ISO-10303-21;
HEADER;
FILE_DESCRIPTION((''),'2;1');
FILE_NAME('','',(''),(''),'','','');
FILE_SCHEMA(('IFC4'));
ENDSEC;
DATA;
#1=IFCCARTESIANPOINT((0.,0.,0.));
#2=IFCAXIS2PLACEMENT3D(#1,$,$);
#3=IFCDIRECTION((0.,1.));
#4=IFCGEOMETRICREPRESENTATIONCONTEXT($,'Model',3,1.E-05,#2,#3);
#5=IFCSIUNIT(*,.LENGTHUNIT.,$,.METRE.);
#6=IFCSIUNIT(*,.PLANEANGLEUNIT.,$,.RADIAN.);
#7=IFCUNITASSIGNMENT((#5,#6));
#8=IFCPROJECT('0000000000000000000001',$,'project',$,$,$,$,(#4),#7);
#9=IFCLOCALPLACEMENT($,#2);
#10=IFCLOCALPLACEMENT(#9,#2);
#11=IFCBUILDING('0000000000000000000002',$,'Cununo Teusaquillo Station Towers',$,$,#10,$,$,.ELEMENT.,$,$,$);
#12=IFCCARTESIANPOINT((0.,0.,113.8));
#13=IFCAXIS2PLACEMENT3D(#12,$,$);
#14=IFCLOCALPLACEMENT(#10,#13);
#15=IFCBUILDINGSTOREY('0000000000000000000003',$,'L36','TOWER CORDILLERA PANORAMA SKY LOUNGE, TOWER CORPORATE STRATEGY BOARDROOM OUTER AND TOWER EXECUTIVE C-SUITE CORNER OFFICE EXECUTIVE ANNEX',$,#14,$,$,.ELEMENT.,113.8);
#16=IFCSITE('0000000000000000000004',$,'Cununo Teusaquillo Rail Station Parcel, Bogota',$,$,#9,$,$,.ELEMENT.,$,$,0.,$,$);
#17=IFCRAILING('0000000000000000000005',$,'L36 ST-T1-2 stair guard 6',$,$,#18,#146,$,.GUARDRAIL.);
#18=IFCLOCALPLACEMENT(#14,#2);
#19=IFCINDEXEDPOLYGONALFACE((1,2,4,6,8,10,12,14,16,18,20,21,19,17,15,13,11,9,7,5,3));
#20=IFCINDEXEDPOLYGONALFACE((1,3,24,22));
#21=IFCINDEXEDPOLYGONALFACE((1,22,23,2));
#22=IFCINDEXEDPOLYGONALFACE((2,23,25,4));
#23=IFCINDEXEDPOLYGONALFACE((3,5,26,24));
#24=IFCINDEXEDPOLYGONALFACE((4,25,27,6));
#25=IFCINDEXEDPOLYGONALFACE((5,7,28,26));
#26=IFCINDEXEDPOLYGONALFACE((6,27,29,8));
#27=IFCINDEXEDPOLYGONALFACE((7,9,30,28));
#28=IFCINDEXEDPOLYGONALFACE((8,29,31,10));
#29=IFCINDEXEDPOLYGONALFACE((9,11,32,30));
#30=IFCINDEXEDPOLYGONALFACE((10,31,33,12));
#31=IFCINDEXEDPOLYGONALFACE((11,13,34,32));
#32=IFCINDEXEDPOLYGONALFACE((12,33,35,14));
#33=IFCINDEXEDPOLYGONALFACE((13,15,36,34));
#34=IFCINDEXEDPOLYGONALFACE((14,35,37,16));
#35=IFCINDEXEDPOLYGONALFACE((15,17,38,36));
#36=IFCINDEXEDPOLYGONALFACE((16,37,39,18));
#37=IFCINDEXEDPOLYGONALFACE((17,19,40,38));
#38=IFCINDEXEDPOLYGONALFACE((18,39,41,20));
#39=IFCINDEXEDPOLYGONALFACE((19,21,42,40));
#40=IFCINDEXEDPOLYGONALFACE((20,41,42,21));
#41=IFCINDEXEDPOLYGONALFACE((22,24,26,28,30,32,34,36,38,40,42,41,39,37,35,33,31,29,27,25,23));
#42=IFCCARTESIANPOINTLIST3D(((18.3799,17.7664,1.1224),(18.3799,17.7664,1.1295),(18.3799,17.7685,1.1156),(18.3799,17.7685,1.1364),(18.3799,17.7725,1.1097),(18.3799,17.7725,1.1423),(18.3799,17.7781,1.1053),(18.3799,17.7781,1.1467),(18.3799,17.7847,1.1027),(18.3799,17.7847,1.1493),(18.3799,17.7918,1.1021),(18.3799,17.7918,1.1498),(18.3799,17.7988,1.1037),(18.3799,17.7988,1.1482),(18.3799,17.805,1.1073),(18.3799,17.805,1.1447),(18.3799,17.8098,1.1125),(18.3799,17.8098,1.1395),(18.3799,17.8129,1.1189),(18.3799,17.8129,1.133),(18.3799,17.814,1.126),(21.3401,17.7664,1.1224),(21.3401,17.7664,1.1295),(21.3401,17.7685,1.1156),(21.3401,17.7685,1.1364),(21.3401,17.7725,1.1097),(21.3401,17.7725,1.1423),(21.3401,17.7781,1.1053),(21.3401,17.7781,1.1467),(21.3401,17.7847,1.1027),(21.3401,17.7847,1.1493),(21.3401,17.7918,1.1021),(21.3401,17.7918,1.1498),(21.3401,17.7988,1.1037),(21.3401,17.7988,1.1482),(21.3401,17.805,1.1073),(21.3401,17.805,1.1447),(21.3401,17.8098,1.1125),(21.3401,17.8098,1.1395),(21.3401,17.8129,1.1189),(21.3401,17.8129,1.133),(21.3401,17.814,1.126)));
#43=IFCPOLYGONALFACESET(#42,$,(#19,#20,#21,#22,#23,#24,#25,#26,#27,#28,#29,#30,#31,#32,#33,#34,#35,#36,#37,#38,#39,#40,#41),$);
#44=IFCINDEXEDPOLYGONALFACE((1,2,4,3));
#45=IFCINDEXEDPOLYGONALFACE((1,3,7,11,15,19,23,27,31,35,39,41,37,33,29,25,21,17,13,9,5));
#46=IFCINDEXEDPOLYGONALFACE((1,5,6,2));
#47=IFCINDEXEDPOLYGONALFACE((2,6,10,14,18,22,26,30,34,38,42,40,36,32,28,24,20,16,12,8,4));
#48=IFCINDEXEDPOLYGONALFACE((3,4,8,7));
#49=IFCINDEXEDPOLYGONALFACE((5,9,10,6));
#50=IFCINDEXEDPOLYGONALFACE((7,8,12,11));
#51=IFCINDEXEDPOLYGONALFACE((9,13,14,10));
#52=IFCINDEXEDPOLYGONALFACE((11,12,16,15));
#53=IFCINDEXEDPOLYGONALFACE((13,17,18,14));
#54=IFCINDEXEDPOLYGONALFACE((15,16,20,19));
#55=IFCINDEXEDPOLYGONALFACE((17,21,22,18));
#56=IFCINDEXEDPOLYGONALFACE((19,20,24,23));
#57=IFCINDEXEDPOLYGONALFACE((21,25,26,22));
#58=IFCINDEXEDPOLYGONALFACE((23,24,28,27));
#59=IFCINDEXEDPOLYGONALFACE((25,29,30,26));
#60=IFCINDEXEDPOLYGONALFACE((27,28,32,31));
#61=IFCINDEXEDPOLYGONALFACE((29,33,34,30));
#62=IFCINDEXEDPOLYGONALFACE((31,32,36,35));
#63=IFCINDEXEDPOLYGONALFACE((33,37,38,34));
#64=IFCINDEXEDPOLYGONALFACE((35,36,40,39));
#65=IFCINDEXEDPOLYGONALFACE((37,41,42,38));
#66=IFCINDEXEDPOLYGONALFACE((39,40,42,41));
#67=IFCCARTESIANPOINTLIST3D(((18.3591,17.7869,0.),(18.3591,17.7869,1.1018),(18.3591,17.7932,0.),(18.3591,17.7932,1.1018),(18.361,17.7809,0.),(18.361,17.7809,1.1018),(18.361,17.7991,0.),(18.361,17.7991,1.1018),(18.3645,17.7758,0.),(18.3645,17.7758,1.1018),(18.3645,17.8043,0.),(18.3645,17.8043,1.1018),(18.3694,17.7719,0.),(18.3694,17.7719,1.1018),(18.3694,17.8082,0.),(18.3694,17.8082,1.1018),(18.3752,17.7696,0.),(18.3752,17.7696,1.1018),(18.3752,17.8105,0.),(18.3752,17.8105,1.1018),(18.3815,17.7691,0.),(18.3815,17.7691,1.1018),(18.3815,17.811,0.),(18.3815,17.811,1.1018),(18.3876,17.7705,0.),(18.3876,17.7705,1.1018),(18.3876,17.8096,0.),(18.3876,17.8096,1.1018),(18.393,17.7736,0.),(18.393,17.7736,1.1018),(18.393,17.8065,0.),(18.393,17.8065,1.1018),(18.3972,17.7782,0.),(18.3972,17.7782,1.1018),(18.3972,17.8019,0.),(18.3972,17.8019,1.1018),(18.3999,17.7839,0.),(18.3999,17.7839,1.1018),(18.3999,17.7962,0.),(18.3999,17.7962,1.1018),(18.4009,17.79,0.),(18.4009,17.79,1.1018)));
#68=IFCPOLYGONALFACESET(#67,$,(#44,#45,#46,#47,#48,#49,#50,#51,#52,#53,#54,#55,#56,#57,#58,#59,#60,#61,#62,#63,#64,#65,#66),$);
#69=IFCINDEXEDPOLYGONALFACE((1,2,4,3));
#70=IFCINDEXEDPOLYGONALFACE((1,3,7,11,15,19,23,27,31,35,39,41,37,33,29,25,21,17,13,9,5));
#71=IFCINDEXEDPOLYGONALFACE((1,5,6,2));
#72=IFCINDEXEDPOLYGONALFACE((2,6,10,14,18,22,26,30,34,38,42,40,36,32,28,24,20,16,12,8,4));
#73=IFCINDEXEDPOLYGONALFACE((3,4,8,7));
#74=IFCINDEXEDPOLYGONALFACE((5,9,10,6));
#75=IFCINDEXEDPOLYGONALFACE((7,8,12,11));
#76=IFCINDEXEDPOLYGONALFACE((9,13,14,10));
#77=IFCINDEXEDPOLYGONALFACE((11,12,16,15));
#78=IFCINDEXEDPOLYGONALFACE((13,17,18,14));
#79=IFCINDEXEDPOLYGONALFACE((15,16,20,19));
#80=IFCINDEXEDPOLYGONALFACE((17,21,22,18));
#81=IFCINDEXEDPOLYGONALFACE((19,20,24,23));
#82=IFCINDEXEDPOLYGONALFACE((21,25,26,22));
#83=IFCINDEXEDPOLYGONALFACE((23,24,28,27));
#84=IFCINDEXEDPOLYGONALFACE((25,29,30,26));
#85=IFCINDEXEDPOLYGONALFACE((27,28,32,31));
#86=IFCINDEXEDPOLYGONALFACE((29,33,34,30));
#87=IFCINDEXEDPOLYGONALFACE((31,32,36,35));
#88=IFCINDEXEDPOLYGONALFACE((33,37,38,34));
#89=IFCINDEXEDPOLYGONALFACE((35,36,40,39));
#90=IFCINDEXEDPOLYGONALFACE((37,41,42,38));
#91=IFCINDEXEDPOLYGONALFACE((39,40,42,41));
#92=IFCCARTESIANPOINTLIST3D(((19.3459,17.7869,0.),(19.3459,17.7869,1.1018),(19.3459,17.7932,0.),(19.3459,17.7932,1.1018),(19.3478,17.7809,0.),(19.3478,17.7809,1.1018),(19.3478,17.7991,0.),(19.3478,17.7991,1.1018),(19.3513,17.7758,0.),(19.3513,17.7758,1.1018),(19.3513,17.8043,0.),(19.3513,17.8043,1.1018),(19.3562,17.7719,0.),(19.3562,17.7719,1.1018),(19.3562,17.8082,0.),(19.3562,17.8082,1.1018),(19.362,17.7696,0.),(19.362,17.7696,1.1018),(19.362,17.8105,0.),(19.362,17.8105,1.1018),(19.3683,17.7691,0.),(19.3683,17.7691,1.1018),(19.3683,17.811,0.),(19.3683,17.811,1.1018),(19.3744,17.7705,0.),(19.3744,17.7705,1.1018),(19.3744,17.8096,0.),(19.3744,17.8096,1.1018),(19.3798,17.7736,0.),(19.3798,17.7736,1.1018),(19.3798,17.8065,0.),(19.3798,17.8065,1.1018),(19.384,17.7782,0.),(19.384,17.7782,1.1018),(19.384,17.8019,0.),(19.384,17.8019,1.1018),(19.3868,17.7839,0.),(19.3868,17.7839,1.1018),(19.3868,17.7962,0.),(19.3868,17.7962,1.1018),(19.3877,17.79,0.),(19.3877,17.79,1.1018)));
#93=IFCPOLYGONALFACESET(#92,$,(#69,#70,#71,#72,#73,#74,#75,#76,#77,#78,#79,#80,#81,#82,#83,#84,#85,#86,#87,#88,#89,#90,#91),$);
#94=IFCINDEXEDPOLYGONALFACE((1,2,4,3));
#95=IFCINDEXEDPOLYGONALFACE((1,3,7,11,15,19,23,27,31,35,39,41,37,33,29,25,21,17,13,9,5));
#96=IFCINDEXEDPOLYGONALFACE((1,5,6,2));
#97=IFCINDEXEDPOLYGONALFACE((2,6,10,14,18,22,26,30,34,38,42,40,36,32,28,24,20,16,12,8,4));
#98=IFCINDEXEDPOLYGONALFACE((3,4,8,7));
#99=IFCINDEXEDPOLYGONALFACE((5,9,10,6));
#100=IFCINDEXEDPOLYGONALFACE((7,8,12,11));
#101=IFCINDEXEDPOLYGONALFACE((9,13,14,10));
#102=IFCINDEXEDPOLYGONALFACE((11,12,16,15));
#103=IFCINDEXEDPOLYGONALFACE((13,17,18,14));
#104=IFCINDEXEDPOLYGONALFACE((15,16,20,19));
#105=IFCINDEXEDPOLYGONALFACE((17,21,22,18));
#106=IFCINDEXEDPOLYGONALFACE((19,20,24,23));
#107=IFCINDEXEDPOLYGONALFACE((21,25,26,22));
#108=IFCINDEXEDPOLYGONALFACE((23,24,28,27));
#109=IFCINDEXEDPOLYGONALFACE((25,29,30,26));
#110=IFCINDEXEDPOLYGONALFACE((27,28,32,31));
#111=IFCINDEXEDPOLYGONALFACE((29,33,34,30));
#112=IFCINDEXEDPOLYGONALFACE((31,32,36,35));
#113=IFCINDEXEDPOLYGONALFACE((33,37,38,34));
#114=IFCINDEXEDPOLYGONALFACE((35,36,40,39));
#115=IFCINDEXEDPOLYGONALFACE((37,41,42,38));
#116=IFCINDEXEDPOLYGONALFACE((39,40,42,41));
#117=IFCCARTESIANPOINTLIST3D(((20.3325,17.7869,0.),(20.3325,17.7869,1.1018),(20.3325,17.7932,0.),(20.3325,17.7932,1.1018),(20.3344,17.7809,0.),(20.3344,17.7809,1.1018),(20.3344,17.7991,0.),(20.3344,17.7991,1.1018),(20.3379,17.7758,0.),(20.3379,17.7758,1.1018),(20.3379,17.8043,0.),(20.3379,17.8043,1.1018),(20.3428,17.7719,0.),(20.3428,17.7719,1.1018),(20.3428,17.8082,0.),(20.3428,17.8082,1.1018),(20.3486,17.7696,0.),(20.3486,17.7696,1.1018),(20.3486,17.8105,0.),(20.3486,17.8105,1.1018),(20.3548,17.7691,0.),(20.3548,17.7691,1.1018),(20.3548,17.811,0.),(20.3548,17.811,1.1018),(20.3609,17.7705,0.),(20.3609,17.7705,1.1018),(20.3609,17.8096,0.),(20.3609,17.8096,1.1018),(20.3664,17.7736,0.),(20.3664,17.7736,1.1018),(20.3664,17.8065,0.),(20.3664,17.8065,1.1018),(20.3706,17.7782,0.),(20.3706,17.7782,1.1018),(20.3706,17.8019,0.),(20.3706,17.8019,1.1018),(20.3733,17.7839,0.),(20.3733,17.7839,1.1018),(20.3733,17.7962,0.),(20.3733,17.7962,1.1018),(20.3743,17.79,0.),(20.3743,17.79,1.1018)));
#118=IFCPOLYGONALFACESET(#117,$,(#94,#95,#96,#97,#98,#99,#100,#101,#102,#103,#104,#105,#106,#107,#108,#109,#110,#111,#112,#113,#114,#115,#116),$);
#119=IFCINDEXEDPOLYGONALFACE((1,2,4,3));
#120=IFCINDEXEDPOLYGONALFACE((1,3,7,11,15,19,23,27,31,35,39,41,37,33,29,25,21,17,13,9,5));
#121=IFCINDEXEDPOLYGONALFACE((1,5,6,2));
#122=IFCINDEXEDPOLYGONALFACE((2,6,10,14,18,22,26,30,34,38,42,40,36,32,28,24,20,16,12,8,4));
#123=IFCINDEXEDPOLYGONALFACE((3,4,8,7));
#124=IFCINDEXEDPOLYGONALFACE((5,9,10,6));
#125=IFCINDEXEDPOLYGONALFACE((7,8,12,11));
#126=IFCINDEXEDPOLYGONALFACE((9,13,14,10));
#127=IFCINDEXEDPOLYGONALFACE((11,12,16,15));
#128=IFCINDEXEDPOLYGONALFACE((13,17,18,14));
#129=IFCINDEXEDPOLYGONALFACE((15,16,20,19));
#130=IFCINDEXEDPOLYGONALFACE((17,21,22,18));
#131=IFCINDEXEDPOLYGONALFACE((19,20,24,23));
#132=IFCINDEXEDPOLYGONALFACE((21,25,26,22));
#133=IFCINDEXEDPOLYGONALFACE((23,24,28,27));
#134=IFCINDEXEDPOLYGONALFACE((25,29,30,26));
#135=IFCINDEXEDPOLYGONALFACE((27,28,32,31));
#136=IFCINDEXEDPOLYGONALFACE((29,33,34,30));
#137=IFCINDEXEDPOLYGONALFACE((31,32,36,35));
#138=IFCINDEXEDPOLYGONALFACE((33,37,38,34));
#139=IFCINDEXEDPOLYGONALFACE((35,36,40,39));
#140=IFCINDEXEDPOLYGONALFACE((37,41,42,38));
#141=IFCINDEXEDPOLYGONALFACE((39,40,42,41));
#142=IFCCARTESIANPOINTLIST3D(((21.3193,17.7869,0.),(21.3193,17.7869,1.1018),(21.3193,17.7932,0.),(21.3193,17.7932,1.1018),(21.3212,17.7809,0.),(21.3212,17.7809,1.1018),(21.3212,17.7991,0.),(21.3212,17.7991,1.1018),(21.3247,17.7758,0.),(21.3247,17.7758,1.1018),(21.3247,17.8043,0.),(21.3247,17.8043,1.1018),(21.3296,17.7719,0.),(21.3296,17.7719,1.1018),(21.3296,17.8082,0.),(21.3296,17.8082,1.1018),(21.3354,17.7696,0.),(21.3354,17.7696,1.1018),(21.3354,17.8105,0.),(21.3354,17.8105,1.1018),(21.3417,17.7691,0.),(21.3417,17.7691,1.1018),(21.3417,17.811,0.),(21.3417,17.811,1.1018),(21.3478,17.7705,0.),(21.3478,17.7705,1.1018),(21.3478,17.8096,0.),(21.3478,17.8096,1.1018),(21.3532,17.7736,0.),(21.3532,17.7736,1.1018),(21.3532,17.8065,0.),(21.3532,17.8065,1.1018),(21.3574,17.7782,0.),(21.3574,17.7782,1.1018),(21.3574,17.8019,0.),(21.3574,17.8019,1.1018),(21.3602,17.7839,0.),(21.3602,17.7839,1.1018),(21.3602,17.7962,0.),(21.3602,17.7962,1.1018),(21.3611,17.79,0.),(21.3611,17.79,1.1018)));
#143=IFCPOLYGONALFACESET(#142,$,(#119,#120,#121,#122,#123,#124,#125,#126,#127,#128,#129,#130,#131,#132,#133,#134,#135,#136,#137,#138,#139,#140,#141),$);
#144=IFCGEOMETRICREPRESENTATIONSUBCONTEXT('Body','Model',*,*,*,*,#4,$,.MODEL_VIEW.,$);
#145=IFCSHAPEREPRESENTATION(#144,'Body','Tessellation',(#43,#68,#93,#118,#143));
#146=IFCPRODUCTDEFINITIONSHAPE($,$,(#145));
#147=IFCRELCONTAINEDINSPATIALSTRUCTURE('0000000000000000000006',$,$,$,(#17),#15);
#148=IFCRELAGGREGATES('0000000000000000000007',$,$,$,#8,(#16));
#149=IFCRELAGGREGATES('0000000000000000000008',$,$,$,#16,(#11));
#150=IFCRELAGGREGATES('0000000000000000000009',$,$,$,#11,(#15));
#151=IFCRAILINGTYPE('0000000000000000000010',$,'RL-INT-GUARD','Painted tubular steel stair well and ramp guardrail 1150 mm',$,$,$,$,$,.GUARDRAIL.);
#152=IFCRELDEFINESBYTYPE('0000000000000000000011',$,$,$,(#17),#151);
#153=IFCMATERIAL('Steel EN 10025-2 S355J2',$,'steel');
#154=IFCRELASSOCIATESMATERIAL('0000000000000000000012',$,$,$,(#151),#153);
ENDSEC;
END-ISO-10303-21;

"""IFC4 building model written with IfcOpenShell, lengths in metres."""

from ifc_helpers import new_model, si_unit, direction, frame, origin, origin_2d, place, context, subcontext, project, spatial, circle, extrude, material, type_object, element, save


model = new_model("IFC4")

# Units and contexts
model_context = context("Model", 3, precision=1e-05, world=origin(), true_north=direction((0.0, 1.0)))
body_context = subcontext(model_context, "Body", "Model", "MODEL_VIEW")
ifc_project = project(units=[si_unit("LENGTHUNIT", "METRE"), si_unit("PLANEANGLEUNIT", "RADIAN")], contexts=[model_context])

# Site, building, storey
site_placement = place(None, origin())
site = spatial("IfcSite", under=ifc_project, at=site_placement, Name="Cununo Teusaquillo Rail Station Parcel, Bogota", CompositionType="ELEMENT", RefElevation=0.0)
building_placement = place(site_placement, origin())
building = spatial("IfcBuilding", under=site, at=building_placement, Name="Cununo Teusaquillo Station Towers", CompositionType="ELEMENT")
storey_placement = place(building_placement, frame((0.0, 0.0, 113.8)))
storey = spatial("IfcBuildingStorey", under=building, at=storey_placement, Name="L36", Description="TOWER CORDILLERA PANORAMA SKY LOUNGE, TOWER CORPORATE STRATEGY BOARDROOM OUTER AND TOWER EXECUTIVE C-SUITE CORNER OFFICE EXECUTIVE ANNEX", CompositionType="ELEMENT", Elevation=113.8)

# Railing
ifc_material_1 = material(Name="Steel EN 10025-2 S355J2", Category="steel")
railing_type_1 = type_object("IfcRailingType", Name="RL-INT-GUARD", Description="Painted tubular steel stair well and ramp guardrail 1150 mm", PredefinedType="GUARDRAIL", material=ifc_material_1)
railing_1_placement = place(storey_placement, frame((18.3799, 17.79, 0.0)))
element("IfcRailing", 1, at=railing_1_placement, inside=storey, type_object=railing_type_1, Name="L36 ST-T1-2 stair guard 6", PredefinedType="GUARDRAIL", context=body_context, shape_type="SweptSolid", body=[
    extrude(circle(Radius=0.0239, at=origin_2d()), frame((0.0, 0.0, 1.126), z_axis=(1.0, 0.0, 0.0), x_axis=(0.0, 1.0, 0.0)), (0.0, 0.0, 1.0), 2.9602),
    extrude(circle(Radius=0.021, at=origin_2d()), origin(), (0.0, 0.0, 1.0), 1.1018),
    extrude(circle(Radius=0.021, at=origin_2d()), frame((0.9868, 0.0, 0.0)), (0.0, 0.0, 1.0), 1.1018),
    extrude(circle(Radius=0.021, at=origin_2d()), frame((1.9734, 0.0, 0.0)), (0.0, 0.0, 1.0), 1.1018),
    extrude(circle(Radius=0.021, at=origin_2d()), frame((2.9602, 0.0, 0.0)), (0.0, 0.0, 1.0), 1.1018),
])

save(model, "model.ifc")
